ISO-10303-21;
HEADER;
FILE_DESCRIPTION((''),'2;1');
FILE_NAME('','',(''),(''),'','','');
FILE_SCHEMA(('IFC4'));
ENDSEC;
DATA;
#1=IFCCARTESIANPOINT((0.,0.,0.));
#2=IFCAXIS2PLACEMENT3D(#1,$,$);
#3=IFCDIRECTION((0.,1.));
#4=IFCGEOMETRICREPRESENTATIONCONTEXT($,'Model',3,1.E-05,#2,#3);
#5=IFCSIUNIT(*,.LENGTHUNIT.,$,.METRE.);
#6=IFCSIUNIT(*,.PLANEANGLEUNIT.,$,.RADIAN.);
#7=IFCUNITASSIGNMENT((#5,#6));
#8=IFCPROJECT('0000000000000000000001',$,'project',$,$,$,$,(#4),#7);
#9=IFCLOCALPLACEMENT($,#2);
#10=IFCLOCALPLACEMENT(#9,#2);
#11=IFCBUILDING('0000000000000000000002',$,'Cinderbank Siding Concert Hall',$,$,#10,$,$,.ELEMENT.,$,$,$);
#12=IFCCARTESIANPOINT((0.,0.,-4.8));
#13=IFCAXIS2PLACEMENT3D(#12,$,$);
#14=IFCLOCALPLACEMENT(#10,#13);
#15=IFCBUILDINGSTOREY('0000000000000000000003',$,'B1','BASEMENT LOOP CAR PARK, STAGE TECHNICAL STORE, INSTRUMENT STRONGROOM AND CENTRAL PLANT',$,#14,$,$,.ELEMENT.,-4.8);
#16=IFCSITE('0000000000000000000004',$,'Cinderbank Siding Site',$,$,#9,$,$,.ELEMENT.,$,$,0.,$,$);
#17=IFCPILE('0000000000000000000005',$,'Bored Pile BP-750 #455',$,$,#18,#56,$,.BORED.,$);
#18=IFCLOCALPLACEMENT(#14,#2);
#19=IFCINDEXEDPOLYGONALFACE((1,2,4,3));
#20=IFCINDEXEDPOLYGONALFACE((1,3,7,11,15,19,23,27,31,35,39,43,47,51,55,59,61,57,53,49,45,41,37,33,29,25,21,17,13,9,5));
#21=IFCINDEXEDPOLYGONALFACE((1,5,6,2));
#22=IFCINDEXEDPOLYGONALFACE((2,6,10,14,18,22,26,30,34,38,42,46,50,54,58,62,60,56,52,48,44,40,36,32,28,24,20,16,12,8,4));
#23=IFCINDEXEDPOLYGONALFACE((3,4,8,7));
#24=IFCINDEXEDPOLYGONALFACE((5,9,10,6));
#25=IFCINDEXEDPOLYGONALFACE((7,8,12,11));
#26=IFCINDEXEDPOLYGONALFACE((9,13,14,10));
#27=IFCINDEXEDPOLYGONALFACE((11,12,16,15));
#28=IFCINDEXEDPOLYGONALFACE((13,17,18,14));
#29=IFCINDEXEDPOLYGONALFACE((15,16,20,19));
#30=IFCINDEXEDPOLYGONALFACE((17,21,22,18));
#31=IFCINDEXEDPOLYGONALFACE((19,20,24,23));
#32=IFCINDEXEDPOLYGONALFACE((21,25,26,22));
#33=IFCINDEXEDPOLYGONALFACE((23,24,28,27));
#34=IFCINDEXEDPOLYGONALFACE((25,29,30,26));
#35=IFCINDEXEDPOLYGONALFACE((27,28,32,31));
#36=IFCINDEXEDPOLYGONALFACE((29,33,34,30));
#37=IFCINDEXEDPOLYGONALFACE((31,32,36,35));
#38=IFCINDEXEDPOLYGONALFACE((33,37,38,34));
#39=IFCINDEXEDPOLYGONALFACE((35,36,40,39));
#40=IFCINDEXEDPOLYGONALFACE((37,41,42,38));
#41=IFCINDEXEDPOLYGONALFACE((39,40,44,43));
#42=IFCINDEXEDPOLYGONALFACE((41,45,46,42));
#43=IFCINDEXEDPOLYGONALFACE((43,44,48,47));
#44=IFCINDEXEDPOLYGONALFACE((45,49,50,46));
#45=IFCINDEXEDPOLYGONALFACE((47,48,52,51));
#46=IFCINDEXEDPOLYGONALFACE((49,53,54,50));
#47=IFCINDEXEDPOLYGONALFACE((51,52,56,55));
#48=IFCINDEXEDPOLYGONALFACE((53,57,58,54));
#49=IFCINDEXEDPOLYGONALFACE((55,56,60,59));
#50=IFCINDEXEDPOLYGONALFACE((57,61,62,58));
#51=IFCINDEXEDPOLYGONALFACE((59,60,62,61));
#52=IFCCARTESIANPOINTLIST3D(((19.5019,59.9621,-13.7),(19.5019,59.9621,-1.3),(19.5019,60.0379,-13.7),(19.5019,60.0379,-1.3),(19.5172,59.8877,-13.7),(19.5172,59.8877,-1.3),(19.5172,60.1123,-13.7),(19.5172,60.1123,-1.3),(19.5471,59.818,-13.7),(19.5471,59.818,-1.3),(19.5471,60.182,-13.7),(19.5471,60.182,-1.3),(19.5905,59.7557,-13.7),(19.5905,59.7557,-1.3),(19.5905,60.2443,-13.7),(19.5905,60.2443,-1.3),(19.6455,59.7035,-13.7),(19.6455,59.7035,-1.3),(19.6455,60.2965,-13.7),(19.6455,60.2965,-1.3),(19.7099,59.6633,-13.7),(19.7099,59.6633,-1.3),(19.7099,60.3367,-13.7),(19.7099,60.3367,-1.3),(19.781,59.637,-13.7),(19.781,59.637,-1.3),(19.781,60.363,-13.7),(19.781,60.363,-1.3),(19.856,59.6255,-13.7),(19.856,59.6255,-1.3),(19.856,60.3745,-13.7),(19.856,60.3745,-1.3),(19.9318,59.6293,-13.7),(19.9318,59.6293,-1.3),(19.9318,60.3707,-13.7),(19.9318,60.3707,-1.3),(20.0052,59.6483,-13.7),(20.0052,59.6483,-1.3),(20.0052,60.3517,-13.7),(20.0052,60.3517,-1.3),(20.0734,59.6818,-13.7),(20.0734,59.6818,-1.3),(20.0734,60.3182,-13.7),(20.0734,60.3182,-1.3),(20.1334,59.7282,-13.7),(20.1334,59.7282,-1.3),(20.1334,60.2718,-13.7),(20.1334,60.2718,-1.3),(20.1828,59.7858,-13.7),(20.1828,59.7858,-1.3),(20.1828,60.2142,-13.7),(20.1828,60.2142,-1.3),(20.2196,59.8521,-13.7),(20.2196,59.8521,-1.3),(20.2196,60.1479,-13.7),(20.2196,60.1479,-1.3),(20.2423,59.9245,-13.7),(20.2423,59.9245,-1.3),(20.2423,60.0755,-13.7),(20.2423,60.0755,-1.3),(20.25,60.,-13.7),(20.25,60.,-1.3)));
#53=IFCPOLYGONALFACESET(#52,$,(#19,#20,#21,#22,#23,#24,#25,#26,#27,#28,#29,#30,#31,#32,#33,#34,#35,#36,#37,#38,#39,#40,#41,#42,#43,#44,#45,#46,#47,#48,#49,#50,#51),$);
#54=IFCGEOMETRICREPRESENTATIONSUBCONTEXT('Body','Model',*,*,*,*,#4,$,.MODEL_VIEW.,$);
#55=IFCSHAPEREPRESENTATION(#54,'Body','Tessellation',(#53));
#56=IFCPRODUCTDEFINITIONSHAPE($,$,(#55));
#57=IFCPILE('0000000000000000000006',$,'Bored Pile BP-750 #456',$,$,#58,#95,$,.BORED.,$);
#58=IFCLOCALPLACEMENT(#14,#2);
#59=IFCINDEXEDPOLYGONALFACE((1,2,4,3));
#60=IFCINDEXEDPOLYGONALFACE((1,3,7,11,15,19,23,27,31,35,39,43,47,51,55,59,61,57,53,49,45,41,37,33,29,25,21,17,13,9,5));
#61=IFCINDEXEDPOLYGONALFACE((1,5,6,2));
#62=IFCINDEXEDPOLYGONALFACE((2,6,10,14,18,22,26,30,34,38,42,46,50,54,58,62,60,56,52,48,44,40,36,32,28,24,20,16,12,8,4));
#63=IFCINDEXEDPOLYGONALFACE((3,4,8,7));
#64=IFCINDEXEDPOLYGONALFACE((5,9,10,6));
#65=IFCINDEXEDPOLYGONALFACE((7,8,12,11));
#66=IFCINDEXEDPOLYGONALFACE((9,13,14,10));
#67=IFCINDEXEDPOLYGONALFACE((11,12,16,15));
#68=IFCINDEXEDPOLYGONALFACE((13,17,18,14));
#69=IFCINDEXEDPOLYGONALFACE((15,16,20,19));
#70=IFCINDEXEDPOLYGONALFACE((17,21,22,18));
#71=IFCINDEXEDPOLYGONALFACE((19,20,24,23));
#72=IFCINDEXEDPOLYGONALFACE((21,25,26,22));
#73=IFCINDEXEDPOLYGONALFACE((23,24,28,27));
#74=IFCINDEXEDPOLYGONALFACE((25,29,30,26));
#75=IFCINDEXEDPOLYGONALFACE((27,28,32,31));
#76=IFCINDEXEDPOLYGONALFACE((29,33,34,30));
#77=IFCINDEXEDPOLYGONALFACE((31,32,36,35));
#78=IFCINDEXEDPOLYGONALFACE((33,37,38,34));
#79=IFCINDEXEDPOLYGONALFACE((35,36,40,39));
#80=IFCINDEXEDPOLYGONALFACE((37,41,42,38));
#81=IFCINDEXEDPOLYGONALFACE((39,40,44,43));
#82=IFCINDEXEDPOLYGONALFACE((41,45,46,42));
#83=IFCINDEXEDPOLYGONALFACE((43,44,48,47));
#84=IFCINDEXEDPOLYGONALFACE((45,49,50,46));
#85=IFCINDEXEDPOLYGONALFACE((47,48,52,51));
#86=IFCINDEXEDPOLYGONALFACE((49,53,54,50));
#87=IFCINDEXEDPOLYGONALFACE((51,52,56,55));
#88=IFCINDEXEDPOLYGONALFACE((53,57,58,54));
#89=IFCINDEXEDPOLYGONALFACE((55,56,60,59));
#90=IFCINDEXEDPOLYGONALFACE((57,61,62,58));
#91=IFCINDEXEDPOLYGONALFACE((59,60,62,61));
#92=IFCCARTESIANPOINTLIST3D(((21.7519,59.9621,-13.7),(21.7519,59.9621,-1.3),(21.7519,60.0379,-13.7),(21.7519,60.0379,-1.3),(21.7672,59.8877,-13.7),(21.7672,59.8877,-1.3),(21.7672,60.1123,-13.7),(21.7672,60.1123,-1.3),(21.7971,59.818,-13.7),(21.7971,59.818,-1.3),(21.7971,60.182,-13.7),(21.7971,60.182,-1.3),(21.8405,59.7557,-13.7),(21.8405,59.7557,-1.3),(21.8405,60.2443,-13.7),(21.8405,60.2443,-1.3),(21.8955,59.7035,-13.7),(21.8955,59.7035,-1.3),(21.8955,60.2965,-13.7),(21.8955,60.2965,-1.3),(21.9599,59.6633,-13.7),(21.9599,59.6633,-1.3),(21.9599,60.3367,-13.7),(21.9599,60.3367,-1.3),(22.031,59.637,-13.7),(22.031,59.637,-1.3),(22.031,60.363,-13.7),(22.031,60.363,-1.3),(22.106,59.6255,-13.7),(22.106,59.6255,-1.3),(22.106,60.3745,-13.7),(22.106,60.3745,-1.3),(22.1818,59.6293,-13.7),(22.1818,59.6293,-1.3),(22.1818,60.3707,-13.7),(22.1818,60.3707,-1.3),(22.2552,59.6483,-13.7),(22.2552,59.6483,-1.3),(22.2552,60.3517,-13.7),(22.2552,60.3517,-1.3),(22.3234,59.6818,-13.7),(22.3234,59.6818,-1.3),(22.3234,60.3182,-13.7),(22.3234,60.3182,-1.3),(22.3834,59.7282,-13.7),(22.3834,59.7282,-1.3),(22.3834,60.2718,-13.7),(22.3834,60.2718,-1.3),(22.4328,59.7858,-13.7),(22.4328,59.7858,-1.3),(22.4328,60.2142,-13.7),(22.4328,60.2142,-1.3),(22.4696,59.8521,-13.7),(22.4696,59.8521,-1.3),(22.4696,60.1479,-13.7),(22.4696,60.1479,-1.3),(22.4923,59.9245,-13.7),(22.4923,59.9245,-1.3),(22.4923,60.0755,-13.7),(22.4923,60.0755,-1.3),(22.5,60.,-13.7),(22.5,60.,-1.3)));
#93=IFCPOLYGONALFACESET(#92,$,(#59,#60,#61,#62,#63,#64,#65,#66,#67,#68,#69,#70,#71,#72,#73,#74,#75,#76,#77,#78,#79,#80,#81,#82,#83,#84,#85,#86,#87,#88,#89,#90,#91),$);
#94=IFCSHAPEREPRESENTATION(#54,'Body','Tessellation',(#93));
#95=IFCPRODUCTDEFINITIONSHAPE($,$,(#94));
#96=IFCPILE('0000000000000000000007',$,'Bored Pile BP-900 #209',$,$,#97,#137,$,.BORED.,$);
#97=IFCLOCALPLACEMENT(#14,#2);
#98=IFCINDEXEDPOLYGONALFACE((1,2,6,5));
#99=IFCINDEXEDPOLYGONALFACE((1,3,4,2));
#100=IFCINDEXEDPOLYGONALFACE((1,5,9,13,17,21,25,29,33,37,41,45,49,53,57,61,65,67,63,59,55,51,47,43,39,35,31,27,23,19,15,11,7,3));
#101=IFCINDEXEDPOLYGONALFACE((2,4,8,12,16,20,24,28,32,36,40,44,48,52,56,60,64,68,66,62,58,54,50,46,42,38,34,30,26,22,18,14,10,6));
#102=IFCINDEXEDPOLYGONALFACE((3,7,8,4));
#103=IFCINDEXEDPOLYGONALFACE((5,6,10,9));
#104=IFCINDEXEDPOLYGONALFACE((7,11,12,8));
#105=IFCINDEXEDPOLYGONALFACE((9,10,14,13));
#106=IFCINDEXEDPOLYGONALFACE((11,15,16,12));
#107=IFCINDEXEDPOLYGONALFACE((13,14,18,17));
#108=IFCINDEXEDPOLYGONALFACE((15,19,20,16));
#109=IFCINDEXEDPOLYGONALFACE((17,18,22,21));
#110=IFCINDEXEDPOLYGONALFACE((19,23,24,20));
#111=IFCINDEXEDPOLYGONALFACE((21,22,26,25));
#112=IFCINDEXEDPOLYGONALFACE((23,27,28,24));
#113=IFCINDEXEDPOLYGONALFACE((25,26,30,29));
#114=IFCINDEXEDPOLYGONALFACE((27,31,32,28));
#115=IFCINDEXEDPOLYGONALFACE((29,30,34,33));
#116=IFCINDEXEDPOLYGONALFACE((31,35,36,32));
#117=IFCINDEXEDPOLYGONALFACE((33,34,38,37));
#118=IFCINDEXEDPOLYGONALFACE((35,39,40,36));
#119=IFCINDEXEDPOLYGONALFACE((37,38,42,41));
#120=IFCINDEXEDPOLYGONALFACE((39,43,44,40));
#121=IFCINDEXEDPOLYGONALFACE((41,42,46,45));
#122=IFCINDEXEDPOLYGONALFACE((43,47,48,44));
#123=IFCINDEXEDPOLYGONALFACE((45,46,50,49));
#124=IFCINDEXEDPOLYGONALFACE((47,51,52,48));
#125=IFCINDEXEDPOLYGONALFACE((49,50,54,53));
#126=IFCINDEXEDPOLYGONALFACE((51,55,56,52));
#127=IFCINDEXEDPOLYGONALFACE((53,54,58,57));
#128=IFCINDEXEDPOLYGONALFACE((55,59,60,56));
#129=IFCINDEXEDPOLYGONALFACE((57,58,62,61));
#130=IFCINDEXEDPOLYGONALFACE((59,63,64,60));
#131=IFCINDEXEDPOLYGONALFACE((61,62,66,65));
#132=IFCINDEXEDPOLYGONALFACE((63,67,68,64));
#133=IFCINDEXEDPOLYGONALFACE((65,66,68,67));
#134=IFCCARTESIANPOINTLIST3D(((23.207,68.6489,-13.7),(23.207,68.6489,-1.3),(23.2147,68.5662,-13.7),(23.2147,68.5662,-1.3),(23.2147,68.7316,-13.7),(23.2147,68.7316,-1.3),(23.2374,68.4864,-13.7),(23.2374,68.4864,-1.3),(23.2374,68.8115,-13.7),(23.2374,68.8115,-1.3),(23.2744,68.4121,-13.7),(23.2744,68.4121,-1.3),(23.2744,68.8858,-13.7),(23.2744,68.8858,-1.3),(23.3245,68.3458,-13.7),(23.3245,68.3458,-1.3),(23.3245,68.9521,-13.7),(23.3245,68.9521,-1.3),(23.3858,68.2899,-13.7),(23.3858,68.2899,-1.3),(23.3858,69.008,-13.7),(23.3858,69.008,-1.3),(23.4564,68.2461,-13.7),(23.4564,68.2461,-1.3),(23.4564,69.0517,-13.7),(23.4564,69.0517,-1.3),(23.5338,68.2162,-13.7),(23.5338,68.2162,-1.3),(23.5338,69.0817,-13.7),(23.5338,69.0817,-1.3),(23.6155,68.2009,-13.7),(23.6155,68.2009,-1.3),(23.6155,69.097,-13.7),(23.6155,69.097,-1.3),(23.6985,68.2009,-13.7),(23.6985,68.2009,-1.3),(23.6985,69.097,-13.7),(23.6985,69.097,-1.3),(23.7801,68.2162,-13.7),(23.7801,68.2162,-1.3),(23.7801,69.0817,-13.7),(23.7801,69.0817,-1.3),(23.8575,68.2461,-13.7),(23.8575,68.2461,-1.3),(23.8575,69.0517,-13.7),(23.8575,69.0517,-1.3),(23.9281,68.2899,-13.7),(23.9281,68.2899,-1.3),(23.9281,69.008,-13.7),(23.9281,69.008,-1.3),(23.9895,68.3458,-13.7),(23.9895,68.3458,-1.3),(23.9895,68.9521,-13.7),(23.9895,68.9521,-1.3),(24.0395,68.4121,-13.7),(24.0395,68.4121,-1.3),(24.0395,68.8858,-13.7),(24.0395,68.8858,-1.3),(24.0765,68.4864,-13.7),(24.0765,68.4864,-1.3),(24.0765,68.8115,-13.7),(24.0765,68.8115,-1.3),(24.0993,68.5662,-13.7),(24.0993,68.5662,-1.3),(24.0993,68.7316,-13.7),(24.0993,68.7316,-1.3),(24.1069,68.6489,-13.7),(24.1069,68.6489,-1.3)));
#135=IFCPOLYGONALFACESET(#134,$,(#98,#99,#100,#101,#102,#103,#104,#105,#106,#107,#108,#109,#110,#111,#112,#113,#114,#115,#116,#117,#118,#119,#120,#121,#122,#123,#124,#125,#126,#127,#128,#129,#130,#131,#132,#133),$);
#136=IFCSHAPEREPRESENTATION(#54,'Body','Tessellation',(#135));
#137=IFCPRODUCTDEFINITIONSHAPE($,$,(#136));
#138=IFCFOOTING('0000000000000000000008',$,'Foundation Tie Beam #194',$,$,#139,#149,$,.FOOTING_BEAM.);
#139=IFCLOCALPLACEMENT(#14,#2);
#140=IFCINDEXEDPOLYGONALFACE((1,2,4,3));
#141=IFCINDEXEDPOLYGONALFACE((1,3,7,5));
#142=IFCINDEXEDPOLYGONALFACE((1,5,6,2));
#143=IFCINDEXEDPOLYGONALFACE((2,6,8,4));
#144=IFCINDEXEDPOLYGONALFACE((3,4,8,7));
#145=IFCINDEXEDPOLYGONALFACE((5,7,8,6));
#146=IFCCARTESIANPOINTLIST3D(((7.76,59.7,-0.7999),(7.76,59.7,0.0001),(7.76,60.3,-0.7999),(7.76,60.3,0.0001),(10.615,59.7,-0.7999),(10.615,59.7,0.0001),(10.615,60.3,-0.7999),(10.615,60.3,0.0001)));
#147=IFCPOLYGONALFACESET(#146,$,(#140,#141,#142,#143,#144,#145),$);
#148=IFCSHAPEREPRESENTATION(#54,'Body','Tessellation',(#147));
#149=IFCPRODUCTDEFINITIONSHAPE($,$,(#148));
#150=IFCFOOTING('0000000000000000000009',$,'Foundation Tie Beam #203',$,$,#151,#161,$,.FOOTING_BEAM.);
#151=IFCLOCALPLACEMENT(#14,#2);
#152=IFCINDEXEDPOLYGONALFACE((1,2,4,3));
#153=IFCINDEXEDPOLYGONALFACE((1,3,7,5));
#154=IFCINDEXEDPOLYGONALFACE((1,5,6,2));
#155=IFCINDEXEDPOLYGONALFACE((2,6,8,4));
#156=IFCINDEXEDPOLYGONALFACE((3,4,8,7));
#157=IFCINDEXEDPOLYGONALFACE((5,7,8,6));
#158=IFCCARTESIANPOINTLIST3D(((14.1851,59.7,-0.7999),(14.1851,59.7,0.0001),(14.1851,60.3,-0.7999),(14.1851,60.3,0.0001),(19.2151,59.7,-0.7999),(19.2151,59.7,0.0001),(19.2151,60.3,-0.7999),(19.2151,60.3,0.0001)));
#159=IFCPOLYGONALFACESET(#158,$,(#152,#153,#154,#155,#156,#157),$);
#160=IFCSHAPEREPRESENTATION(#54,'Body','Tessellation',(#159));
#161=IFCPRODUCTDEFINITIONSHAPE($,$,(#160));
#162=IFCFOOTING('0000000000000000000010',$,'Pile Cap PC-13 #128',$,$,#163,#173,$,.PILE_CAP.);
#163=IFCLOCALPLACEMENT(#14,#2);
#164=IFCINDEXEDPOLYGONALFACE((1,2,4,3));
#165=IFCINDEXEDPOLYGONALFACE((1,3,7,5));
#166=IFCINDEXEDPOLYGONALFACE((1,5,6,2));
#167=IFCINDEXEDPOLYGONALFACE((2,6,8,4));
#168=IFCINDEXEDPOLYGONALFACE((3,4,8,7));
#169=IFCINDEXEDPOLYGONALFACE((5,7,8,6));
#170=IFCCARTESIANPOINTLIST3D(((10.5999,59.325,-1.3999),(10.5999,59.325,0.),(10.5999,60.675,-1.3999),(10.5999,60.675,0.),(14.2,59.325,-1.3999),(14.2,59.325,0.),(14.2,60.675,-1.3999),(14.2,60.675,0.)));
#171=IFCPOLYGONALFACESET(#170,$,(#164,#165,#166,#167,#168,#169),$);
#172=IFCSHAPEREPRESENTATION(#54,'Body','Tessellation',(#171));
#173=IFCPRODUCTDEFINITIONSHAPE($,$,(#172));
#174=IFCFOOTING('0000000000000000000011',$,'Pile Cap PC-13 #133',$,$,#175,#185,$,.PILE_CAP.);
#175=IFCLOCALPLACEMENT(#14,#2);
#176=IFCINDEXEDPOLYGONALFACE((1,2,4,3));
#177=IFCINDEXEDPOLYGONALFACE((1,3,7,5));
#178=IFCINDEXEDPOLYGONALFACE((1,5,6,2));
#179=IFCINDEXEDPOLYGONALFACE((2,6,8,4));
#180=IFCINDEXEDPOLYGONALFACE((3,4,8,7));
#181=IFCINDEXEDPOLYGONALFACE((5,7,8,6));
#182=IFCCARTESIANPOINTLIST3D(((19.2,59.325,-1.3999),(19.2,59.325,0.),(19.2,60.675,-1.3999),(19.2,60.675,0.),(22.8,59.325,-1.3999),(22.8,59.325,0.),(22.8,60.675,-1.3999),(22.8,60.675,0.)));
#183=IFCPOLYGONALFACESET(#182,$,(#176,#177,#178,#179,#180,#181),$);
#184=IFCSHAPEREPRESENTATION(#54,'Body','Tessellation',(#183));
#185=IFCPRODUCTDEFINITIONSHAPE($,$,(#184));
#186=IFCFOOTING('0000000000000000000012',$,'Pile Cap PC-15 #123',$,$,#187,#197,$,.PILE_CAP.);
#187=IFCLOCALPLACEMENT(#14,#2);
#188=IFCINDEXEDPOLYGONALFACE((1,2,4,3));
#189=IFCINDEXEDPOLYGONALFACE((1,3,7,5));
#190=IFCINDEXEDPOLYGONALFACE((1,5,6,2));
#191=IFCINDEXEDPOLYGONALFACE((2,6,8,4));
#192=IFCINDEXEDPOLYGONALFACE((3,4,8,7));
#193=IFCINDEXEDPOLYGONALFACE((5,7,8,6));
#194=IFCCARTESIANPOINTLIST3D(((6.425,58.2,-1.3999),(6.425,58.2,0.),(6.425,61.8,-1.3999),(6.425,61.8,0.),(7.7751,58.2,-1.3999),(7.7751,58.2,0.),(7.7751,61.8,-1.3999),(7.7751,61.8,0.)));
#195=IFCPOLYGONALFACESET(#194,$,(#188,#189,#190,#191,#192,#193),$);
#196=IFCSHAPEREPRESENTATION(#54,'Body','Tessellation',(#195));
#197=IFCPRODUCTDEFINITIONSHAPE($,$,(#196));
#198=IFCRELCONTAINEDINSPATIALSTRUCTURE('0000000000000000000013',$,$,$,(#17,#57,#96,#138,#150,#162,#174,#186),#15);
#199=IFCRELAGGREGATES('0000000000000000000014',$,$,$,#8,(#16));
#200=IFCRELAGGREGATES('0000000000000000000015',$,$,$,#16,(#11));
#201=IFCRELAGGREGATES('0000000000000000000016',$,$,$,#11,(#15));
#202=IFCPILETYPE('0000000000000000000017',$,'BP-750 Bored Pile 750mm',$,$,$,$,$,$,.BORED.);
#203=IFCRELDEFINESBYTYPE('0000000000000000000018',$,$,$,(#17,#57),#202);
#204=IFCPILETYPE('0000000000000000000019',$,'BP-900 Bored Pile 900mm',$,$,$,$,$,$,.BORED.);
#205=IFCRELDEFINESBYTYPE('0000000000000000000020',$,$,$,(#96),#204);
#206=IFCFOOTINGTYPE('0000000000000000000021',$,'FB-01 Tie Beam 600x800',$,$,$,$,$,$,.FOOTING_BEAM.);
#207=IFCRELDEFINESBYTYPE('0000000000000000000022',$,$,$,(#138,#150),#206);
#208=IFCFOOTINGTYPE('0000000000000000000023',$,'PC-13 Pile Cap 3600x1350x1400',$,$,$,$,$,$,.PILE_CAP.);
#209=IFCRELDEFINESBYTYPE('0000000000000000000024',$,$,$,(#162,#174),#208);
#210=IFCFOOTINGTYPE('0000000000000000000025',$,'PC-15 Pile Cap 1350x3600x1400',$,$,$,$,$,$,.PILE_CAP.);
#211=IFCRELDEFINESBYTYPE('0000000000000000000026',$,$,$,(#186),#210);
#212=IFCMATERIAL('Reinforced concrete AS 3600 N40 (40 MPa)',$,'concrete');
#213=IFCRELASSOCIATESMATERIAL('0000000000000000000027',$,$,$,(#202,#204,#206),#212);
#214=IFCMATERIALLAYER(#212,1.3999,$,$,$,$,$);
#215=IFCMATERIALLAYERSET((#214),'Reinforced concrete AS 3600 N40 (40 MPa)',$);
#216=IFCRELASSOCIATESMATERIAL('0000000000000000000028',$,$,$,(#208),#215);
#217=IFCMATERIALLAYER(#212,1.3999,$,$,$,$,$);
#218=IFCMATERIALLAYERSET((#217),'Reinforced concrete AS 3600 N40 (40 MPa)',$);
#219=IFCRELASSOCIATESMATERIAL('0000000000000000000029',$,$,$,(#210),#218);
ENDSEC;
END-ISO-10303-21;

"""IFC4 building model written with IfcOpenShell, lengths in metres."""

from ifc_helpers import new_model, si_unit, direction, frame, origin, origin_2d, place, context, subcontext, project, spatial, rectangle, circle, extrude, material, layer, layer_set, material_profile, profile_set, type_object, element, save


model = new_model("IFC4")

# Units and contexts
model_context = context("Model", 3, precision=1e-05, world=origin(), true_north=direction((0.0, 1.0)))
body_context = subcontext(model_context, "Body", "Model", "MODEL_VIEW")
ifc_project = project(units=[si_unit("LENGTHUNIT", "METRE"), si_unit("PLANEANGLEUNIT", "RADIAN")], contexts=[model_context])

# Site, building, storey
site_placement = place(None, origin())
site = spatial("IfcSite", under=ifc_project, at=site_placement, Name="Cinderbank Siding Site", CompositionType="ELEMENT", RefElevation=0.0)
building_placement = place(site_placement, origin())
building = spatial("IfcBuilding", under=site, at=building_placement, Name="Cinderbank Siding Concert Hall", CompositionType="ELEMENT")
storey_placement = place(building_placement, frame((0.0, 0.0, -4.8)))
storey = spatial("IfcBuildingStorey", under=building, at=storey_placement, Name="B1", Description="BASEMENT LOOP CAR PARK, STAGE TECHNICAL STORE, INSTRUMENT STRONGROOM AND CENTRAL PLANT", CompositionType="ELEMENT", Elevation=-4.8)

# Piles
ifc_material_1 = material(Name="Reinforced concrete AS 3600 N40 (40 MPa)", Category="concrete")
ifc_material_profile_1 = material_profile(ifc_material_1, circle(Radius=0.375, at=origin_2d()), Name="PILE-750DIA", Category="LoadBearing")
ifc_profile_set_1 = profile_set([ifc_material_profile_1], Name="Reinforced concrete AS 3600 N40 (40 MPa)")
pile_type_1 = type_object("IfcPileType", Name="BP-750 Bored Pile 750mm", PredefinedType="BORED", material=ifc_profile_set_1)
for number, where, z_axis, x_axis, name in (
    (1, (19.875, 60.0, -1.3), (0.0, 0.0, -1.0), (1.0, 0.0, 0.0), "Bored Pile BP-750 #455"),
    (2, (22.125, 60.0, -1.3), (0.0, 0.0, -1.0), (1.0, 0.0, 0.0), "Bored Pile BP-750 #456"),
):
    element("IfcPile", number, at=place(storey_placement, frame(where, z_axis=z_axis, x_axis=x_axis)), inside=storey, type_object=pile_type_1, Name=name, PredefinedType="BORED", context=body_context, shape_type="SweptSolid", body=[
        extrude(circle(Radius=0.375, at=origin_2d()), origin(), (0.0, 0.0, 1.0), 12.3999),
    ])
ifc_material_profile_2 = material_profile(ifc_material_1, circle(Radius=0.45, at=origin_2d()), Name="PILE-900DIA", Category="LoadBearing")
ifc_profile_set_2 = profile_set([ifc_material_profile_2], Name="Reinforced concrete AS 3600 N40 (40 MPa)")
pile_type_2 = type_object("IfcPileType", Name="BP-900 Bored Pile 900mm", PredefinedType="BORED", material=ifc_profile_set_2)
pile_placement = place(storey_placement, frame((23.657, 68.6489, -1.3), z_axis=(0.0, 0.0, -1.0), x_axis=(1.0, 0.0, 0.0)))
element("IfcPile", 3, at=pile_placement, inside=storey, type_object=pile_type_2, Name="Bored Pile BP-900 #209", PredefinedType="BORED", context=body_context, shape_type="SweptSolid", body=[
    extrude(circle(Radius=0.45, at=origin_2d()), origin(), (0.0, 0.0, 1.0), 12.3999),
])

# Footings
ifc_material_profile_3 = material_profile(ifc_material_1, rectangle(XDim=0.6001, YDim=0.8, at=origin_2d()), Name="RC-FB-600x800", Category="LoadBearing")
ifc_profile_set_3 = profile_set([ifc_material_profile_3], Name="Reinforced concrete AS 3600 N40 (40 MPa)")
footing_type_1 = type_object("IfcFootingType", Name="FB-01 Tie Beam 600x800", PredefinedType="FOOTING_BEAM", material=ifc_profile_set_3)
footing_1_placement = place(storey_placement, frame((7.76, 60.0, -0.3999), z_axis=(1.0, 0.0, 0.0), x_axis=(0.0, 1.0, 0.0)))
element("IfcFooting", 4, at=footing_1_placement, inside=storey, type_object=footing_type_1, Name="Foundation Tie Beam #194", PredefinedType="FOOTING_BEAM", context=body_context, shape_type="SweptSolid", body=[
    extrude(rectangle(XDim=0.6001, YDim=0.8, at=origin_2d()), origin(), (0.0, 0.0, 1.0), 2.855),
])
footing_2_placement = place(storey_placement, frame((14.1851, 60.0, -0.3999), z_axis=(1.0, 0.0, 0.0), x_axis=(0.0, 1.0, 0.0)))
element("IfcFooting", 5, at=footing_2_placement, inside=storey, type_object=footing_type_1, Name="Foundation Tie Beam #203", PredefinedType="FOOTING_BEAM", context=body_context, shape_type="SweptSolid", body=[
    extrude(rectangle(XDim=0.6001, YDim=0.8, at=origin_2d()), origin(), (0.0, 0.0, 1.0), 5.03),
])
ifc_layer_1 = layer(ifc_material_1, 1.3999)
ifc_layer_set_1 = layer_set([ifc_layer_1], Name="Reinforced concrete AS 3600 N40 (40 MPa)")
footing_type_2 = type_object("IfcFootingType", Name="PC-13 Pile Cap 3600x1350x1400", PredefinedType="PILE_CAP", material=ifc_layer_set_1)
for number, where, z_axis, x_axis, name in (
    (6, (12.3999, 60.0, -1.3999), (0.0, 0.0, 1.0), (1.0, 0.0, 0.0), "Pile Cap PC-13 #128"),
    (7, (21.0, 60.0, -1.3999), (0.0, 0.0, 1.0), (1.0, 0.0, 0.0), "Pile Cap PC-13 #133"),
):
    element("IfcFooting", number, at=place(storey_placement, frame(where, z_axis=z_axis, x_axis=x_axis)), inside=storey, type_object=footing_type_2, Name=name, PredefinedType="PILE_CAP", context=body_context, shape_type="SweptSolid", body=[
        extrude(rectangle(XDim=3.6001, YDim=1.3501, at=origin_2d()), origin(), (0.0, 0.0, 1.0), 1.3999),
    ])
ifc_layer_2 = layer(ifc_material_1, 1.3999)
ifc_layer_set_2 = layer_set([ifc_layer_2], Name="Reinforced concrete AS 3600 N40 (40 MPa)")
footing_type_3 = type_object("IfcFootingType", Name="PC-15 Pile Cap 1350x3600x1400", PredefinedType="PILE_CAP", material=ifc_layer_set_2)
footing_3_placement = place(storey_placement, frame((7.1001, 60.0, -1.3999), z_axis=(0.0, 0.0, 1.0), x_axis=(1.0, 0.0, 0.0)))
element("IfcFooting", 8, at=footing_3_placement, inside=storey, type_object=footing_type_3, Name="Pile Cap PC-15 #123", PredefinedType="PILE_CAP", context=body_context, shape_type="SweptSolid", body=[
    extrude(rectangle(XDim=1.3501, YDim=3.6001, at=origin_2d()), origin(), (0.0, 0.0, 1.0), 1.3999),
])

save(model, "model.ifc")
